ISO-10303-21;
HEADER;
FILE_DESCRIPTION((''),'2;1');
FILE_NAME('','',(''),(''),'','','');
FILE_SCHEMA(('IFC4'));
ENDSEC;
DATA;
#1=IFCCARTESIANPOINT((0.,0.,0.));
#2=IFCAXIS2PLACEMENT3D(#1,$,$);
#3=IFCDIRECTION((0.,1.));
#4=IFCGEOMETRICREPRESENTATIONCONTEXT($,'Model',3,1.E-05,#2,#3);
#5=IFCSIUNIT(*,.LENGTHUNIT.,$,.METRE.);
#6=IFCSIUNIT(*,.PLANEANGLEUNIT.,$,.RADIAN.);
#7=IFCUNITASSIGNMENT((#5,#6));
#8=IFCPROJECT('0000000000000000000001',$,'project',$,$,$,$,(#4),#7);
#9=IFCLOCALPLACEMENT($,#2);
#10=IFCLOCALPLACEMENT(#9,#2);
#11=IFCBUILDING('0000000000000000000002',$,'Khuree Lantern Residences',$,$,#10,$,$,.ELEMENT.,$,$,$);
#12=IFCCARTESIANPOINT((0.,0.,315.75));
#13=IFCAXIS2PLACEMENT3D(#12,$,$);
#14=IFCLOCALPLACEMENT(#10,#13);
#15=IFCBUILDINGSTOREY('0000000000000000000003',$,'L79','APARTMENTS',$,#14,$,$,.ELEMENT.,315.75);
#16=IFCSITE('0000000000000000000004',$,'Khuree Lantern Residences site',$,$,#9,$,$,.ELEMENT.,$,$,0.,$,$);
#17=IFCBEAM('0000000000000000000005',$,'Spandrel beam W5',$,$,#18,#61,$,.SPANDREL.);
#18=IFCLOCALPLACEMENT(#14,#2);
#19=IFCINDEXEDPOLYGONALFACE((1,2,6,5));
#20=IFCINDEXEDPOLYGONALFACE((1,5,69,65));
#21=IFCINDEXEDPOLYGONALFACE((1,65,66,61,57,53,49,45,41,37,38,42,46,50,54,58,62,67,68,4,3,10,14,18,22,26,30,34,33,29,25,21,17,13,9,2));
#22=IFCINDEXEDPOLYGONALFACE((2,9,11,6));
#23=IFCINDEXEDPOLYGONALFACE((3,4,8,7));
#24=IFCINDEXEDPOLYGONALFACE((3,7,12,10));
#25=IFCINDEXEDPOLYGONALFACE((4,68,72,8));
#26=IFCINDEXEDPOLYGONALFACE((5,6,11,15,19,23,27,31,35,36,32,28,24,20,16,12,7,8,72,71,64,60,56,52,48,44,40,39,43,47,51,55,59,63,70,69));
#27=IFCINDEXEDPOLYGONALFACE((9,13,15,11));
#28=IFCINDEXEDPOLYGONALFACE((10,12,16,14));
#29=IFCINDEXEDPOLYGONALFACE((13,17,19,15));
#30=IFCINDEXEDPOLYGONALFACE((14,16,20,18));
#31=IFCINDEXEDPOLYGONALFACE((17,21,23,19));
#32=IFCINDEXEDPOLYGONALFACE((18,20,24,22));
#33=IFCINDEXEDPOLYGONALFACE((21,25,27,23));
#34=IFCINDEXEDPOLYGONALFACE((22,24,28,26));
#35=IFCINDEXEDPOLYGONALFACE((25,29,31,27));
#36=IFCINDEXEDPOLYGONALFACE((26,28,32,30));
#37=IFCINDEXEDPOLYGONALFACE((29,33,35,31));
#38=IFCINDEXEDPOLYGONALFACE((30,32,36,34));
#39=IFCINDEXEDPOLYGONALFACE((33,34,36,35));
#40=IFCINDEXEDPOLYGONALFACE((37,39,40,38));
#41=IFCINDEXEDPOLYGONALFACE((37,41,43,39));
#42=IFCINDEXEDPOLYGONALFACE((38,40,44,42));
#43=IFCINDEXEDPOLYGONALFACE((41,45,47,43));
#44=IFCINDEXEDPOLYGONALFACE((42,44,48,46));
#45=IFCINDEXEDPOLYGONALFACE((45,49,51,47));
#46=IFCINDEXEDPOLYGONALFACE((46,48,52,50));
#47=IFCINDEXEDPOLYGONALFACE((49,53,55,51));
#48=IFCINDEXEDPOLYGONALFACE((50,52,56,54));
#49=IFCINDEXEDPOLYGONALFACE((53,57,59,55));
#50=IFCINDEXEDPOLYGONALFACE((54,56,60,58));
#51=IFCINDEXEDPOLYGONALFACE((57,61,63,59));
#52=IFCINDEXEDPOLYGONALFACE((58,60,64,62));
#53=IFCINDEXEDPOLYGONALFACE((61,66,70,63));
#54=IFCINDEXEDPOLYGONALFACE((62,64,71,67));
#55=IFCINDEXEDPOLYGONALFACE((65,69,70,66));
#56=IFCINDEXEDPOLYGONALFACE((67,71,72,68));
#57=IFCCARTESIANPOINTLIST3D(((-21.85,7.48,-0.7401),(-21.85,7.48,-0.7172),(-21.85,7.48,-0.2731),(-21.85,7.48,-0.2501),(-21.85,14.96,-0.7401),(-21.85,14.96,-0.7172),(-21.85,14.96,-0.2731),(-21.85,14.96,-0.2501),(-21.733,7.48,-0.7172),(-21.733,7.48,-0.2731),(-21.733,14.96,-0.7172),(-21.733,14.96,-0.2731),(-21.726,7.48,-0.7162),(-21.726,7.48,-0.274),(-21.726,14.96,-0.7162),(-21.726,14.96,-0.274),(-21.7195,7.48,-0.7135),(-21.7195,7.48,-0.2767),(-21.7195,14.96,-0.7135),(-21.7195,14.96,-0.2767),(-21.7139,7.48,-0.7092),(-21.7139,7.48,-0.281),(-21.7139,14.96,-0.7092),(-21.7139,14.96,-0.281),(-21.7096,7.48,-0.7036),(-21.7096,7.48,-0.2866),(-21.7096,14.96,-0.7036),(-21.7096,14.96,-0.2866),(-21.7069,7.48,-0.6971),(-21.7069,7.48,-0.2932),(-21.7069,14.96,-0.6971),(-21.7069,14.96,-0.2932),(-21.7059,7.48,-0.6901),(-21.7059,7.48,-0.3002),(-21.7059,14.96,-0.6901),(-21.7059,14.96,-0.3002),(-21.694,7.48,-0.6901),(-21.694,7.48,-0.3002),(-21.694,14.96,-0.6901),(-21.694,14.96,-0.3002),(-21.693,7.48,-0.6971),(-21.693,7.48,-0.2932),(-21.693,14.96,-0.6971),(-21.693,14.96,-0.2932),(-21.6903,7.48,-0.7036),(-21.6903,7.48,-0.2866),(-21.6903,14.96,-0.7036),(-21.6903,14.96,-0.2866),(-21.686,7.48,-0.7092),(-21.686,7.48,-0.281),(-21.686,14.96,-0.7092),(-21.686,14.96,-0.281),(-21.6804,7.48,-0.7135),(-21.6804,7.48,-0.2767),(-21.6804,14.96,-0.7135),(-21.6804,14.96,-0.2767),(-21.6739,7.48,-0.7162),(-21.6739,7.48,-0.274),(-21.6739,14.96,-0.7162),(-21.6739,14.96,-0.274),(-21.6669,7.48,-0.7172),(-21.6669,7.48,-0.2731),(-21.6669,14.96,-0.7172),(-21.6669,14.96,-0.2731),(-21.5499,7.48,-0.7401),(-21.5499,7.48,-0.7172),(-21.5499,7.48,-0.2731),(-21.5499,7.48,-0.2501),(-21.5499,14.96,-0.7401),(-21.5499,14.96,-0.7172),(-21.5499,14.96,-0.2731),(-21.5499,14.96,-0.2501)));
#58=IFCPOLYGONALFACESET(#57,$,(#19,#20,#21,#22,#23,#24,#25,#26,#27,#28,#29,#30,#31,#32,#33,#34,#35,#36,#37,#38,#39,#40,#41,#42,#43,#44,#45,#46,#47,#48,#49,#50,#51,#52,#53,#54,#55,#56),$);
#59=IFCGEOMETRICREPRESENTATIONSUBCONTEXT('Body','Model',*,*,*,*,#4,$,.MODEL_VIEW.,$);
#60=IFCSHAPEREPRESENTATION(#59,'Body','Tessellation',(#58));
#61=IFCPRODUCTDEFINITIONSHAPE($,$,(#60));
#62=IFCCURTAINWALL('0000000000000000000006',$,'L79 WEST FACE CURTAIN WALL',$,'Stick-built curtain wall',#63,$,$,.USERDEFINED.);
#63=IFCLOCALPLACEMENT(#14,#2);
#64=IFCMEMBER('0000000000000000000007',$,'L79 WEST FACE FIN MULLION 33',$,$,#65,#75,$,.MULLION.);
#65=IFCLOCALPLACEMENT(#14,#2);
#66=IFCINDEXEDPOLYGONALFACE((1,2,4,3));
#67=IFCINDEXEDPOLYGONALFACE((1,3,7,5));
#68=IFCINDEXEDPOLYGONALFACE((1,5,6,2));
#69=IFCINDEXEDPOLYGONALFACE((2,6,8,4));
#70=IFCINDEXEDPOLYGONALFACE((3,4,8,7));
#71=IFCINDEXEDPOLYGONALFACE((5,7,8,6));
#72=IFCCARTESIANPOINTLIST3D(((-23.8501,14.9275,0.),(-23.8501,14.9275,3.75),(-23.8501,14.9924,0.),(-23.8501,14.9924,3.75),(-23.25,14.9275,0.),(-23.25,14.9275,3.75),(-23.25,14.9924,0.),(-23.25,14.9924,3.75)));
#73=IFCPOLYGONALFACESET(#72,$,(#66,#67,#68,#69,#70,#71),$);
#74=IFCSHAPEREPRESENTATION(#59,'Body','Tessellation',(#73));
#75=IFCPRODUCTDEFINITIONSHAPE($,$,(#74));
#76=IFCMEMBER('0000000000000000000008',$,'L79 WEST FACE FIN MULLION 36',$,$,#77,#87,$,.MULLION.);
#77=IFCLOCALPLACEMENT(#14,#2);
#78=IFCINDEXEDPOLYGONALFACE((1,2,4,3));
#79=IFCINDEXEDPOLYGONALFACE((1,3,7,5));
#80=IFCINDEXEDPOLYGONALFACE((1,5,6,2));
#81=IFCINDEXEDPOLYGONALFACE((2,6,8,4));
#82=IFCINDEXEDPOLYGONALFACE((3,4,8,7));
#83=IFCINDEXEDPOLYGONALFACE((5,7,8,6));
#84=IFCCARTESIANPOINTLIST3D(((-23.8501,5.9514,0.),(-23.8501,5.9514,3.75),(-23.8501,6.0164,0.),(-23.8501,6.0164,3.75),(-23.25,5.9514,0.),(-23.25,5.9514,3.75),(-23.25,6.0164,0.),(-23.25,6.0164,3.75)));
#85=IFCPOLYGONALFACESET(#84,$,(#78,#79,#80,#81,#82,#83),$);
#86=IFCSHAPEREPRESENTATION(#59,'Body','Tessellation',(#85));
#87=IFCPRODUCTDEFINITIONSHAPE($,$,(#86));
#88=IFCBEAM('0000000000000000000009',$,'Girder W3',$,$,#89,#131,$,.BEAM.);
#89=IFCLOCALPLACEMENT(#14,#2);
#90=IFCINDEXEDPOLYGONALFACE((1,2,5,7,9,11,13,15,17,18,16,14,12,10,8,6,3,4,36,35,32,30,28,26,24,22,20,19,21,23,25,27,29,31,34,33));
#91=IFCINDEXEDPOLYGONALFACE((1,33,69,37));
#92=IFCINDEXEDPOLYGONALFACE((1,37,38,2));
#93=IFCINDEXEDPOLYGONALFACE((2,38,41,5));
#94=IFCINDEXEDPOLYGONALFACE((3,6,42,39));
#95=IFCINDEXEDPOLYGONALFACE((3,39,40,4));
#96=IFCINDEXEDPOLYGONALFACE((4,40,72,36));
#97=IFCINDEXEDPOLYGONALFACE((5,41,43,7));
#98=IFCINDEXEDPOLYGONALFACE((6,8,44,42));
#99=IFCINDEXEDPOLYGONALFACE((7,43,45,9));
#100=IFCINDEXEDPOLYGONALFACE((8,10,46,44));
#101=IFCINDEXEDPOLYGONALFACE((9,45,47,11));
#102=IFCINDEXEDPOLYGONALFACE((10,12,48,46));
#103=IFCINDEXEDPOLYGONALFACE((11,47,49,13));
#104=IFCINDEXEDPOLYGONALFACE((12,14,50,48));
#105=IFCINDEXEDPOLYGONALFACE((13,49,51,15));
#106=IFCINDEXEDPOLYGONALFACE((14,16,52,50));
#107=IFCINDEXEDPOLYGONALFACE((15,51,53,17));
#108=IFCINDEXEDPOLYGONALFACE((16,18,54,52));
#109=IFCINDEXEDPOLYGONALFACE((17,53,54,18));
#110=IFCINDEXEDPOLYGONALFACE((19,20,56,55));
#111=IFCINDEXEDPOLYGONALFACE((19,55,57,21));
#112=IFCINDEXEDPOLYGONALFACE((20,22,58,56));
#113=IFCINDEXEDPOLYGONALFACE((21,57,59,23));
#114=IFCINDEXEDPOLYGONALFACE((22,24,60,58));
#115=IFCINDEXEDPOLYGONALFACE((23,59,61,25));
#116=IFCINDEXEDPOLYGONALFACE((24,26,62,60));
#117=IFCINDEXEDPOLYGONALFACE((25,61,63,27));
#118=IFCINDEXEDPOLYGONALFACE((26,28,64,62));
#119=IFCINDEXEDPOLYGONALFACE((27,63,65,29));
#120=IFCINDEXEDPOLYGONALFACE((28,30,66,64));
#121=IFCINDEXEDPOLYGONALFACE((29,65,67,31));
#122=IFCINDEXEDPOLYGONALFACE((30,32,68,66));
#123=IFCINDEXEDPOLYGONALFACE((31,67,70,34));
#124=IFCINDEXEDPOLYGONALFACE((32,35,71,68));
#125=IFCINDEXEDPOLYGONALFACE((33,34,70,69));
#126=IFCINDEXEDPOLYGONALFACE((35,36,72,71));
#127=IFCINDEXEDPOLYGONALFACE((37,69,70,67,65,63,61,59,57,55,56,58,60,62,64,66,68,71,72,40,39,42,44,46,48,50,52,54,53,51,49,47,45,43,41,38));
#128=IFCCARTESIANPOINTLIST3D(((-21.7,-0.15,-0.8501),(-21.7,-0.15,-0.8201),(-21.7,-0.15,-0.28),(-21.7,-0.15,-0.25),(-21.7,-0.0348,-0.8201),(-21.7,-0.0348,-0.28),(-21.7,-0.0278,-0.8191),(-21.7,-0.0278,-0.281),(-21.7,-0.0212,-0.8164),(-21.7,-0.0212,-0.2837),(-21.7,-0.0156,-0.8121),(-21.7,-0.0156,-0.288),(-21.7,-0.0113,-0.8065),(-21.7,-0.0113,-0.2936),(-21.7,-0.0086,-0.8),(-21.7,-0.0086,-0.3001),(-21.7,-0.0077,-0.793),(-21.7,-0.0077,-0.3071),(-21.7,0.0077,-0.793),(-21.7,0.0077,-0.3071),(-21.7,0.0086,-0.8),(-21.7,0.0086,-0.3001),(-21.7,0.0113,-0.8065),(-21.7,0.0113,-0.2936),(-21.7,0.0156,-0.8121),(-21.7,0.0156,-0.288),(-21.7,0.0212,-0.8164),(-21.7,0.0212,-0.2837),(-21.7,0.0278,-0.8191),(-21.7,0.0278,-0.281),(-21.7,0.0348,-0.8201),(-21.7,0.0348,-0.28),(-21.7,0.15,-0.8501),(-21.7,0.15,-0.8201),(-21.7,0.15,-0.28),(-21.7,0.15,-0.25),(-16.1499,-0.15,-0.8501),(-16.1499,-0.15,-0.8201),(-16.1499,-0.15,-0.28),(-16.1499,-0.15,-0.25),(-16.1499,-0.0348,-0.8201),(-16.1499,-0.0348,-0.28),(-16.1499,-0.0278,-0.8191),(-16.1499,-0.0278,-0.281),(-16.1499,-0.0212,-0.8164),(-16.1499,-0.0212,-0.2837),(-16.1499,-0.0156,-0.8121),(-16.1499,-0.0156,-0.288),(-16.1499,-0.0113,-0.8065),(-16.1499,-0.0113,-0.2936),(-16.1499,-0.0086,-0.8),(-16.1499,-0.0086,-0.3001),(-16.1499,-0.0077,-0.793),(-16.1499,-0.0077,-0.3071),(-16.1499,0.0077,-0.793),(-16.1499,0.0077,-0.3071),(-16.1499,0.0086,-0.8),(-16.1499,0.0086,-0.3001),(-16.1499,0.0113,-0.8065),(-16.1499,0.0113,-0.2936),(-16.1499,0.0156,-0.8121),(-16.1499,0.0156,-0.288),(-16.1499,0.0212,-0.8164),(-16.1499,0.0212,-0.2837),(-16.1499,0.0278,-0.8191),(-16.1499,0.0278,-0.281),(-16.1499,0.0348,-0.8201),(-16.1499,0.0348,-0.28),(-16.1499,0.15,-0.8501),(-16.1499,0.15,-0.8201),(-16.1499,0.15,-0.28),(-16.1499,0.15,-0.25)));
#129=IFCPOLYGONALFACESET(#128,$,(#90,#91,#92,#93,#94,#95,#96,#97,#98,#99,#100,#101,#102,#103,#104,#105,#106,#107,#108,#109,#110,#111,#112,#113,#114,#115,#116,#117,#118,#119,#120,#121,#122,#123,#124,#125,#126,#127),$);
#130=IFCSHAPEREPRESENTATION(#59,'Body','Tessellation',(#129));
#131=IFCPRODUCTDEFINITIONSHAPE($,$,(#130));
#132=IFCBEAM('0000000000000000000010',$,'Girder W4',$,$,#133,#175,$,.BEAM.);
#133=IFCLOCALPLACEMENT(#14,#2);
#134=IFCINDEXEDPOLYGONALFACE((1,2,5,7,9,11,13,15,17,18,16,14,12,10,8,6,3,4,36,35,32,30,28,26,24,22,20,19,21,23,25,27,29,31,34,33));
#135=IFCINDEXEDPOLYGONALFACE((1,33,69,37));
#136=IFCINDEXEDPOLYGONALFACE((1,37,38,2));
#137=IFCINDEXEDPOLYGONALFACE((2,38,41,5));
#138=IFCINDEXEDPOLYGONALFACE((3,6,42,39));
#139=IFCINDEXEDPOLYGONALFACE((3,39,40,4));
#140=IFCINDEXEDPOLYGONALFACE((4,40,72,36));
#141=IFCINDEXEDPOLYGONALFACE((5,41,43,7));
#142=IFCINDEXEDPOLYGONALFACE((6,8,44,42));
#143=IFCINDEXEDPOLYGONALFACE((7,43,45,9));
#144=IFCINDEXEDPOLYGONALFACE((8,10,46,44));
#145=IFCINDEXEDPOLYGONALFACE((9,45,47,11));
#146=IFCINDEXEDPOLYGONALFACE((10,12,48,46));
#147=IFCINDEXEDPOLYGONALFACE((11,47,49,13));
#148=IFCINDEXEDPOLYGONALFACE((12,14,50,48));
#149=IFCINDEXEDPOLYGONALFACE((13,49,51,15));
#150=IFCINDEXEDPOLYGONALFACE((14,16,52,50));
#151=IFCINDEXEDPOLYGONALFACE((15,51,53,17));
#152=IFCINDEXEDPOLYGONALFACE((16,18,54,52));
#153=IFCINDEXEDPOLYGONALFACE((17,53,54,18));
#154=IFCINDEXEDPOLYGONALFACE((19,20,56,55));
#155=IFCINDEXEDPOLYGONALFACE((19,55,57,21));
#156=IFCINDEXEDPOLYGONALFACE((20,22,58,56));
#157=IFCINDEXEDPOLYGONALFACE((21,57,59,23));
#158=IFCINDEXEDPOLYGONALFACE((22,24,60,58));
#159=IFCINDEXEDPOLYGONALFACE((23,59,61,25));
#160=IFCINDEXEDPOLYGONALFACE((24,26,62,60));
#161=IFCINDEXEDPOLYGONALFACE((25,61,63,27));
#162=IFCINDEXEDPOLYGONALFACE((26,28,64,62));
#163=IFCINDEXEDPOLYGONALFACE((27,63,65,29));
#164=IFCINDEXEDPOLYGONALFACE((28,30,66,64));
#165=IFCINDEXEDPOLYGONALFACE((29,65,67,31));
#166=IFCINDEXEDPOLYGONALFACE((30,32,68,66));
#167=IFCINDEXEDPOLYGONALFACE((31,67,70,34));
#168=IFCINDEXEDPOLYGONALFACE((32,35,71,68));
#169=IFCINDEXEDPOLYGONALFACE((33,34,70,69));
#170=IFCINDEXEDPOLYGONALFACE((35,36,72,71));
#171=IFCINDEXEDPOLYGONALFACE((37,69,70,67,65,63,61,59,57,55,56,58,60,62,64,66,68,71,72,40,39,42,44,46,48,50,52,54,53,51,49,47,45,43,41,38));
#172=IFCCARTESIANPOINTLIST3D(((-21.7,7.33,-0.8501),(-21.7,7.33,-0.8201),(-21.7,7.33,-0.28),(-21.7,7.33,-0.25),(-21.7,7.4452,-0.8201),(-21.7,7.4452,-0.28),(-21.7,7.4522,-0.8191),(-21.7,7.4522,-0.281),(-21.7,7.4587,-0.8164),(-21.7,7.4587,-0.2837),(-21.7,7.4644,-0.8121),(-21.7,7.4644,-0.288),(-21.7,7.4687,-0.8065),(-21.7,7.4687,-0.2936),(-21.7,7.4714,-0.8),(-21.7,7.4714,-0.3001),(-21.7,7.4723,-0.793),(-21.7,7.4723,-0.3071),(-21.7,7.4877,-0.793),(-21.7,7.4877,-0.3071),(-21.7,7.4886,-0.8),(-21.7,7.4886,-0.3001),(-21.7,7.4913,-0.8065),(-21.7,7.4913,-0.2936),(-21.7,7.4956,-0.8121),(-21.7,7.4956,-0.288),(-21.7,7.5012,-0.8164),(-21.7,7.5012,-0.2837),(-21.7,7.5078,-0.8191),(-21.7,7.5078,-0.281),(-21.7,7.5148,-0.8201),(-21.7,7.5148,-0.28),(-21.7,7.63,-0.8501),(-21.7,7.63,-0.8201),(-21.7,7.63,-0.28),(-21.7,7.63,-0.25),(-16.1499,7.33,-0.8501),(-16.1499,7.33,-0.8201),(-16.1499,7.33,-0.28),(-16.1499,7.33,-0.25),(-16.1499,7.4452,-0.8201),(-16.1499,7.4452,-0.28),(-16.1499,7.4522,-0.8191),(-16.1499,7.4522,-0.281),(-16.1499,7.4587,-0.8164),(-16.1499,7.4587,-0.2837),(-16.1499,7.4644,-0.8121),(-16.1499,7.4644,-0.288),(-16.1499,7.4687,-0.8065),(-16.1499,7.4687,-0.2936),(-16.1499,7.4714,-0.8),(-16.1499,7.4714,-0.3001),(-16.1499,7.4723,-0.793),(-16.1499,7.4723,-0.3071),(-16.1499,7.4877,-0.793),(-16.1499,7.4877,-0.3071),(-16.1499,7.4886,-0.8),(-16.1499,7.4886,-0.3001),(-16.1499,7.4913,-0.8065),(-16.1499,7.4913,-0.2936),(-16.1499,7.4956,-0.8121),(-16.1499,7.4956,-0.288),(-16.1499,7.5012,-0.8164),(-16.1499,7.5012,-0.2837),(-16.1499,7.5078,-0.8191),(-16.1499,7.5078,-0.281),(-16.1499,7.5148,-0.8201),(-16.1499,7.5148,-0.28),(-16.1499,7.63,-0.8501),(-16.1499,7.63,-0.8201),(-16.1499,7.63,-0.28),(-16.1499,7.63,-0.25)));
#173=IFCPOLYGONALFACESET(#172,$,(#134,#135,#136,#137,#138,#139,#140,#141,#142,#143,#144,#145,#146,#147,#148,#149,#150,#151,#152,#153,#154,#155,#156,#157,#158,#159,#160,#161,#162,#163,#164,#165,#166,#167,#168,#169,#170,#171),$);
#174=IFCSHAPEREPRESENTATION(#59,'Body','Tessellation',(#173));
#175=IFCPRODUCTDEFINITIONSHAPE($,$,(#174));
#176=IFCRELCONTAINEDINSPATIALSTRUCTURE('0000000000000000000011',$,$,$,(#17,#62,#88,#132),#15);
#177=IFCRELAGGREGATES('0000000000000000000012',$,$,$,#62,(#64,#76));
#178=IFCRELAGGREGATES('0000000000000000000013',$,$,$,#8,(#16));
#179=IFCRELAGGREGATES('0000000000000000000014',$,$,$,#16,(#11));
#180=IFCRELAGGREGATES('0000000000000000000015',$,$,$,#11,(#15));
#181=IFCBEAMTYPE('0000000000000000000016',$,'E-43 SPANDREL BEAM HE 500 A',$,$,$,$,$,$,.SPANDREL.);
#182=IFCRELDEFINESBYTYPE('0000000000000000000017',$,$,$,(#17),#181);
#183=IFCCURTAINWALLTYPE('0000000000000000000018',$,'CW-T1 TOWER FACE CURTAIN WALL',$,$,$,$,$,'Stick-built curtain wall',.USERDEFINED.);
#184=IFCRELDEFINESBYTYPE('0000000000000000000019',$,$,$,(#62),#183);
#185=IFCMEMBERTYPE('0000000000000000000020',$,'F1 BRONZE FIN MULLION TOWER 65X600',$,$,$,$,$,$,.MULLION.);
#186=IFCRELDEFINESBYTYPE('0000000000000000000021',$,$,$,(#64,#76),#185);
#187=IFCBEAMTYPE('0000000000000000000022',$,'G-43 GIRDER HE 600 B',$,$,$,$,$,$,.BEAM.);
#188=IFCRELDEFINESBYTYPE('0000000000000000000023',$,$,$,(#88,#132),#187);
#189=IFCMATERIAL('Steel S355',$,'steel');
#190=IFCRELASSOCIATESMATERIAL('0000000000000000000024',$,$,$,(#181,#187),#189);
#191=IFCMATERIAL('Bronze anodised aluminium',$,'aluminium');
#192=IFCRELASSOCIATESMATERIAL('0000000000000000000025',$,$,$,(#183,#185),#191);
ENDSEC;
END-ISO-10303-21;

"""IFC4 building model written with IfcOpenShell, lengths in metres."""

from ifc_helpers import new_model, si_unit, direction, frame, origin, origin_2d, place, context, subcontext, project, spatial, rectangle, i_section, extrude, material, material_profile, profile_set, type_object, element, aggregate, save


model = new_model("IFC4")

# Units and contexts
model_context = context("Model", 3, precision=1e-05, world=origin(), true_north=direction((0.0, 1.0)))
body_context = subcontext(model_context, "Body", "Model", "MODEL_VIEW")
ifc_project = project(units=[si_unit("LENGTHUNIT", "METRE"), si_unit("PLANEANGLEUNIT", "RADIAN")], contexts=[model_context])

# Site, building, storey
site_placement = place(None, origin())
site = spatial("IfcSite", under=ifc_project, at=site_placement, Name="Khuree Lantern Residences site", CompositionType="ELEMENT", RefElevation=0.0)
building_placement = place(site_placement, origin())
building = spatial("IfcBuilding", under=site, at=building_placement, Name="Khuree Lantern Residences", CompositionType="ELEMENT")
storey_placement = place(building_placement, frame((0.0, 0.0, 315.75)))
storey = spatial("IfcBuildingStorey", under=building, at=storey_placement, Name="L79", Description="APARTMENTS", CompositionType="ELEMENT", Elevation=315.75)

# Beam
ifc_material_1 = material(Name="Steel S355", Category="steel")
ifc_material_profile_1 = material_profile(ifc_material_1, i_section(OverallWidth=0.3, OverallDepth=0.49, WebThickness=0.012, FlangeThickness=0.0229, FilletRadius=0.0271, at=origin_2d()), Name="HE 500 A")
ifc_profile_set_1 = profile_set([ifc_material_profile_1], Name="Steel S355")
beam_type_1 = type_object("IfcBeamType", Name="E-43 SPANDREL BEAM HE 500 A", PredefinedType="SPANDREL", material=ifc_profile_set_1)
for number, where, z_axis, x_axis, name in (
    (1, (-21.7, 7.48, -0.4951), (0.0, 1.0, 0.0), (-1.0, 0.0, 0.0), "Spandrel beam W5"),
):
    element("IfcBeam", number, at=place(storey_placement, frame(where, z_axis=z_axis, x_axis=x_axis)), inside=storey, type_object=beam_type_1, Name=name, PredefinedType="SPANDREL", context=body_context, shape_type="SweptSolid", body=[
        extrude(i_section(OverallWidth=0.3, OverallDepth=0.49, WebThickness=0.012, FlangeThickness=0.0229, FilletRadius=0.0271, at=origin_2d()), origin(), (0.0, 0.0, 1.0), 7.48),
    ])

# Curtain wall, members
ifc_material_2 = material(Name="Bronze anodised aluminium", Category="aluminium")
curtain_wall_type = type_object("IfcCurtainWallType", Name="CW-T1 TOWER FACE CURTAIN WALL", ElementType="Stick-built curtain wall", PredefinedType="USERDEFINED", material=ifc_material_2)
curtain_wall_placement = place(storey_placement, origin())
curtain_wall = element("IfcCurtainWall", 2, at=curtain_wall_placement, inside=storey, type_object=curtain_wall_type, Name="L79 WEST FACE CURTAIN WALL", ObjectType="Stick-built curtain wall", PredefinedType="USERDEFINED")
ifc_material_profile_2 = material_profile(ifc_material_2, rectangle(XDim=0.0649, YDim=0.6001, at=origin_2d()), Name="F1 65X600")
ifc_profile_set_2 = profile_set([ifc_material_profile_2], Name="Bronze anodised aluminium")
member_type_1 = type_object("IfcMemberType", Name="F1 BRONZE FIN MULLION TOWER 65X600", PredefinedType="MULLION", material=ifc_profile_set_2)
member_1_placement = place(storey_placement, frame((-23.55, 14.96, 0.0), z_axis=(0.0, 0.0, 1.0), x_axis=(0.0, -1.0, 0.0)))
member_1 = element("IfcMember", 3, at=member_1_placement, type_object=member_type_1, Name="L79 WEST FACE FIN MULLION 33", PredefinedType="MULLION", context=body_context, shape_type="SweptSolid", body=[
    extrude(rectangle(XDim=0.0649, YDim=0.6001, at=origin_2d()), origin(), (0.0, 0.0, 1.0), 3.75),
])
member_2_placement = place(storey_placement, frame((-23.55, 5.9839, 0.0), z_axis=(0.0, 0.0, 1.0), x_axis=(0.0, -1.0, 0.0)))
member_2 = element("IfcMember", 4, at=member_2_placement, type_object=member_type_1, Name="L79 WEST FACE FIN MULLION 36", PredefinedType="MULLION", context=body_context, shape_type="SweptSolid", body=[
    extrude(rectangle(XDim=0.0649, YDim=0.6001, at=origin_2d()), origin(), (0.0, 0.0, 1.0), 3.75),
])

# Beams
ifc_material_profile_3 = material_profile(ifc_material_1, i_section(OverallWidth=0.3, OverallDepth=0.6001, WebThickness=0.0154, FlangeThickness=0.03, FilletRadius=0.0271, at=origin_2d()), Name="HE 600 B")
ifc_profile_set_3 = profile_set([ifc_material_profile_3], Name="Steel S355")
beam_type_2 = type_object("IfcBeamType", Name="G-43 GIRDER HE 600 B", PredefinedType="BEAM", material=ifc_profile_set_3)
for number, where, z_axis, x_axis, name in (
    (5, (-21.7, 0.0, -0.55), (1.0, 0.0, 0.0), (0.0, 1.0, 0.0), "Girder W3"),
    (6, (-21.7, 7.48, -0.55), (1.0, 0.0, 0.0), (0.0, 1.0, 0.0), "Girder W4"),
):
    element("IfcBeam", number, at=place(storey_placement, frame(where, z_axis=z_axis, x_axis=x_axis)), inside=storey, type_object=beam_type_2, Name=name, PredefinedType="BEAM", context=body_context, shape_type="SweptSolid", body=[
        extrude(i_section(OverallWidth=0.3, OverallDepth=0.6001, WebThickness=0.0154, FlangeThickness=0.03, FilletRadius=0.0271, at=origin_2d()), origin(), (0.0, 0.0, 1.0), 5.55),
    ])

aggregate(curtain_wall, [member_1, member_2])

save(model, "model.ifc")
